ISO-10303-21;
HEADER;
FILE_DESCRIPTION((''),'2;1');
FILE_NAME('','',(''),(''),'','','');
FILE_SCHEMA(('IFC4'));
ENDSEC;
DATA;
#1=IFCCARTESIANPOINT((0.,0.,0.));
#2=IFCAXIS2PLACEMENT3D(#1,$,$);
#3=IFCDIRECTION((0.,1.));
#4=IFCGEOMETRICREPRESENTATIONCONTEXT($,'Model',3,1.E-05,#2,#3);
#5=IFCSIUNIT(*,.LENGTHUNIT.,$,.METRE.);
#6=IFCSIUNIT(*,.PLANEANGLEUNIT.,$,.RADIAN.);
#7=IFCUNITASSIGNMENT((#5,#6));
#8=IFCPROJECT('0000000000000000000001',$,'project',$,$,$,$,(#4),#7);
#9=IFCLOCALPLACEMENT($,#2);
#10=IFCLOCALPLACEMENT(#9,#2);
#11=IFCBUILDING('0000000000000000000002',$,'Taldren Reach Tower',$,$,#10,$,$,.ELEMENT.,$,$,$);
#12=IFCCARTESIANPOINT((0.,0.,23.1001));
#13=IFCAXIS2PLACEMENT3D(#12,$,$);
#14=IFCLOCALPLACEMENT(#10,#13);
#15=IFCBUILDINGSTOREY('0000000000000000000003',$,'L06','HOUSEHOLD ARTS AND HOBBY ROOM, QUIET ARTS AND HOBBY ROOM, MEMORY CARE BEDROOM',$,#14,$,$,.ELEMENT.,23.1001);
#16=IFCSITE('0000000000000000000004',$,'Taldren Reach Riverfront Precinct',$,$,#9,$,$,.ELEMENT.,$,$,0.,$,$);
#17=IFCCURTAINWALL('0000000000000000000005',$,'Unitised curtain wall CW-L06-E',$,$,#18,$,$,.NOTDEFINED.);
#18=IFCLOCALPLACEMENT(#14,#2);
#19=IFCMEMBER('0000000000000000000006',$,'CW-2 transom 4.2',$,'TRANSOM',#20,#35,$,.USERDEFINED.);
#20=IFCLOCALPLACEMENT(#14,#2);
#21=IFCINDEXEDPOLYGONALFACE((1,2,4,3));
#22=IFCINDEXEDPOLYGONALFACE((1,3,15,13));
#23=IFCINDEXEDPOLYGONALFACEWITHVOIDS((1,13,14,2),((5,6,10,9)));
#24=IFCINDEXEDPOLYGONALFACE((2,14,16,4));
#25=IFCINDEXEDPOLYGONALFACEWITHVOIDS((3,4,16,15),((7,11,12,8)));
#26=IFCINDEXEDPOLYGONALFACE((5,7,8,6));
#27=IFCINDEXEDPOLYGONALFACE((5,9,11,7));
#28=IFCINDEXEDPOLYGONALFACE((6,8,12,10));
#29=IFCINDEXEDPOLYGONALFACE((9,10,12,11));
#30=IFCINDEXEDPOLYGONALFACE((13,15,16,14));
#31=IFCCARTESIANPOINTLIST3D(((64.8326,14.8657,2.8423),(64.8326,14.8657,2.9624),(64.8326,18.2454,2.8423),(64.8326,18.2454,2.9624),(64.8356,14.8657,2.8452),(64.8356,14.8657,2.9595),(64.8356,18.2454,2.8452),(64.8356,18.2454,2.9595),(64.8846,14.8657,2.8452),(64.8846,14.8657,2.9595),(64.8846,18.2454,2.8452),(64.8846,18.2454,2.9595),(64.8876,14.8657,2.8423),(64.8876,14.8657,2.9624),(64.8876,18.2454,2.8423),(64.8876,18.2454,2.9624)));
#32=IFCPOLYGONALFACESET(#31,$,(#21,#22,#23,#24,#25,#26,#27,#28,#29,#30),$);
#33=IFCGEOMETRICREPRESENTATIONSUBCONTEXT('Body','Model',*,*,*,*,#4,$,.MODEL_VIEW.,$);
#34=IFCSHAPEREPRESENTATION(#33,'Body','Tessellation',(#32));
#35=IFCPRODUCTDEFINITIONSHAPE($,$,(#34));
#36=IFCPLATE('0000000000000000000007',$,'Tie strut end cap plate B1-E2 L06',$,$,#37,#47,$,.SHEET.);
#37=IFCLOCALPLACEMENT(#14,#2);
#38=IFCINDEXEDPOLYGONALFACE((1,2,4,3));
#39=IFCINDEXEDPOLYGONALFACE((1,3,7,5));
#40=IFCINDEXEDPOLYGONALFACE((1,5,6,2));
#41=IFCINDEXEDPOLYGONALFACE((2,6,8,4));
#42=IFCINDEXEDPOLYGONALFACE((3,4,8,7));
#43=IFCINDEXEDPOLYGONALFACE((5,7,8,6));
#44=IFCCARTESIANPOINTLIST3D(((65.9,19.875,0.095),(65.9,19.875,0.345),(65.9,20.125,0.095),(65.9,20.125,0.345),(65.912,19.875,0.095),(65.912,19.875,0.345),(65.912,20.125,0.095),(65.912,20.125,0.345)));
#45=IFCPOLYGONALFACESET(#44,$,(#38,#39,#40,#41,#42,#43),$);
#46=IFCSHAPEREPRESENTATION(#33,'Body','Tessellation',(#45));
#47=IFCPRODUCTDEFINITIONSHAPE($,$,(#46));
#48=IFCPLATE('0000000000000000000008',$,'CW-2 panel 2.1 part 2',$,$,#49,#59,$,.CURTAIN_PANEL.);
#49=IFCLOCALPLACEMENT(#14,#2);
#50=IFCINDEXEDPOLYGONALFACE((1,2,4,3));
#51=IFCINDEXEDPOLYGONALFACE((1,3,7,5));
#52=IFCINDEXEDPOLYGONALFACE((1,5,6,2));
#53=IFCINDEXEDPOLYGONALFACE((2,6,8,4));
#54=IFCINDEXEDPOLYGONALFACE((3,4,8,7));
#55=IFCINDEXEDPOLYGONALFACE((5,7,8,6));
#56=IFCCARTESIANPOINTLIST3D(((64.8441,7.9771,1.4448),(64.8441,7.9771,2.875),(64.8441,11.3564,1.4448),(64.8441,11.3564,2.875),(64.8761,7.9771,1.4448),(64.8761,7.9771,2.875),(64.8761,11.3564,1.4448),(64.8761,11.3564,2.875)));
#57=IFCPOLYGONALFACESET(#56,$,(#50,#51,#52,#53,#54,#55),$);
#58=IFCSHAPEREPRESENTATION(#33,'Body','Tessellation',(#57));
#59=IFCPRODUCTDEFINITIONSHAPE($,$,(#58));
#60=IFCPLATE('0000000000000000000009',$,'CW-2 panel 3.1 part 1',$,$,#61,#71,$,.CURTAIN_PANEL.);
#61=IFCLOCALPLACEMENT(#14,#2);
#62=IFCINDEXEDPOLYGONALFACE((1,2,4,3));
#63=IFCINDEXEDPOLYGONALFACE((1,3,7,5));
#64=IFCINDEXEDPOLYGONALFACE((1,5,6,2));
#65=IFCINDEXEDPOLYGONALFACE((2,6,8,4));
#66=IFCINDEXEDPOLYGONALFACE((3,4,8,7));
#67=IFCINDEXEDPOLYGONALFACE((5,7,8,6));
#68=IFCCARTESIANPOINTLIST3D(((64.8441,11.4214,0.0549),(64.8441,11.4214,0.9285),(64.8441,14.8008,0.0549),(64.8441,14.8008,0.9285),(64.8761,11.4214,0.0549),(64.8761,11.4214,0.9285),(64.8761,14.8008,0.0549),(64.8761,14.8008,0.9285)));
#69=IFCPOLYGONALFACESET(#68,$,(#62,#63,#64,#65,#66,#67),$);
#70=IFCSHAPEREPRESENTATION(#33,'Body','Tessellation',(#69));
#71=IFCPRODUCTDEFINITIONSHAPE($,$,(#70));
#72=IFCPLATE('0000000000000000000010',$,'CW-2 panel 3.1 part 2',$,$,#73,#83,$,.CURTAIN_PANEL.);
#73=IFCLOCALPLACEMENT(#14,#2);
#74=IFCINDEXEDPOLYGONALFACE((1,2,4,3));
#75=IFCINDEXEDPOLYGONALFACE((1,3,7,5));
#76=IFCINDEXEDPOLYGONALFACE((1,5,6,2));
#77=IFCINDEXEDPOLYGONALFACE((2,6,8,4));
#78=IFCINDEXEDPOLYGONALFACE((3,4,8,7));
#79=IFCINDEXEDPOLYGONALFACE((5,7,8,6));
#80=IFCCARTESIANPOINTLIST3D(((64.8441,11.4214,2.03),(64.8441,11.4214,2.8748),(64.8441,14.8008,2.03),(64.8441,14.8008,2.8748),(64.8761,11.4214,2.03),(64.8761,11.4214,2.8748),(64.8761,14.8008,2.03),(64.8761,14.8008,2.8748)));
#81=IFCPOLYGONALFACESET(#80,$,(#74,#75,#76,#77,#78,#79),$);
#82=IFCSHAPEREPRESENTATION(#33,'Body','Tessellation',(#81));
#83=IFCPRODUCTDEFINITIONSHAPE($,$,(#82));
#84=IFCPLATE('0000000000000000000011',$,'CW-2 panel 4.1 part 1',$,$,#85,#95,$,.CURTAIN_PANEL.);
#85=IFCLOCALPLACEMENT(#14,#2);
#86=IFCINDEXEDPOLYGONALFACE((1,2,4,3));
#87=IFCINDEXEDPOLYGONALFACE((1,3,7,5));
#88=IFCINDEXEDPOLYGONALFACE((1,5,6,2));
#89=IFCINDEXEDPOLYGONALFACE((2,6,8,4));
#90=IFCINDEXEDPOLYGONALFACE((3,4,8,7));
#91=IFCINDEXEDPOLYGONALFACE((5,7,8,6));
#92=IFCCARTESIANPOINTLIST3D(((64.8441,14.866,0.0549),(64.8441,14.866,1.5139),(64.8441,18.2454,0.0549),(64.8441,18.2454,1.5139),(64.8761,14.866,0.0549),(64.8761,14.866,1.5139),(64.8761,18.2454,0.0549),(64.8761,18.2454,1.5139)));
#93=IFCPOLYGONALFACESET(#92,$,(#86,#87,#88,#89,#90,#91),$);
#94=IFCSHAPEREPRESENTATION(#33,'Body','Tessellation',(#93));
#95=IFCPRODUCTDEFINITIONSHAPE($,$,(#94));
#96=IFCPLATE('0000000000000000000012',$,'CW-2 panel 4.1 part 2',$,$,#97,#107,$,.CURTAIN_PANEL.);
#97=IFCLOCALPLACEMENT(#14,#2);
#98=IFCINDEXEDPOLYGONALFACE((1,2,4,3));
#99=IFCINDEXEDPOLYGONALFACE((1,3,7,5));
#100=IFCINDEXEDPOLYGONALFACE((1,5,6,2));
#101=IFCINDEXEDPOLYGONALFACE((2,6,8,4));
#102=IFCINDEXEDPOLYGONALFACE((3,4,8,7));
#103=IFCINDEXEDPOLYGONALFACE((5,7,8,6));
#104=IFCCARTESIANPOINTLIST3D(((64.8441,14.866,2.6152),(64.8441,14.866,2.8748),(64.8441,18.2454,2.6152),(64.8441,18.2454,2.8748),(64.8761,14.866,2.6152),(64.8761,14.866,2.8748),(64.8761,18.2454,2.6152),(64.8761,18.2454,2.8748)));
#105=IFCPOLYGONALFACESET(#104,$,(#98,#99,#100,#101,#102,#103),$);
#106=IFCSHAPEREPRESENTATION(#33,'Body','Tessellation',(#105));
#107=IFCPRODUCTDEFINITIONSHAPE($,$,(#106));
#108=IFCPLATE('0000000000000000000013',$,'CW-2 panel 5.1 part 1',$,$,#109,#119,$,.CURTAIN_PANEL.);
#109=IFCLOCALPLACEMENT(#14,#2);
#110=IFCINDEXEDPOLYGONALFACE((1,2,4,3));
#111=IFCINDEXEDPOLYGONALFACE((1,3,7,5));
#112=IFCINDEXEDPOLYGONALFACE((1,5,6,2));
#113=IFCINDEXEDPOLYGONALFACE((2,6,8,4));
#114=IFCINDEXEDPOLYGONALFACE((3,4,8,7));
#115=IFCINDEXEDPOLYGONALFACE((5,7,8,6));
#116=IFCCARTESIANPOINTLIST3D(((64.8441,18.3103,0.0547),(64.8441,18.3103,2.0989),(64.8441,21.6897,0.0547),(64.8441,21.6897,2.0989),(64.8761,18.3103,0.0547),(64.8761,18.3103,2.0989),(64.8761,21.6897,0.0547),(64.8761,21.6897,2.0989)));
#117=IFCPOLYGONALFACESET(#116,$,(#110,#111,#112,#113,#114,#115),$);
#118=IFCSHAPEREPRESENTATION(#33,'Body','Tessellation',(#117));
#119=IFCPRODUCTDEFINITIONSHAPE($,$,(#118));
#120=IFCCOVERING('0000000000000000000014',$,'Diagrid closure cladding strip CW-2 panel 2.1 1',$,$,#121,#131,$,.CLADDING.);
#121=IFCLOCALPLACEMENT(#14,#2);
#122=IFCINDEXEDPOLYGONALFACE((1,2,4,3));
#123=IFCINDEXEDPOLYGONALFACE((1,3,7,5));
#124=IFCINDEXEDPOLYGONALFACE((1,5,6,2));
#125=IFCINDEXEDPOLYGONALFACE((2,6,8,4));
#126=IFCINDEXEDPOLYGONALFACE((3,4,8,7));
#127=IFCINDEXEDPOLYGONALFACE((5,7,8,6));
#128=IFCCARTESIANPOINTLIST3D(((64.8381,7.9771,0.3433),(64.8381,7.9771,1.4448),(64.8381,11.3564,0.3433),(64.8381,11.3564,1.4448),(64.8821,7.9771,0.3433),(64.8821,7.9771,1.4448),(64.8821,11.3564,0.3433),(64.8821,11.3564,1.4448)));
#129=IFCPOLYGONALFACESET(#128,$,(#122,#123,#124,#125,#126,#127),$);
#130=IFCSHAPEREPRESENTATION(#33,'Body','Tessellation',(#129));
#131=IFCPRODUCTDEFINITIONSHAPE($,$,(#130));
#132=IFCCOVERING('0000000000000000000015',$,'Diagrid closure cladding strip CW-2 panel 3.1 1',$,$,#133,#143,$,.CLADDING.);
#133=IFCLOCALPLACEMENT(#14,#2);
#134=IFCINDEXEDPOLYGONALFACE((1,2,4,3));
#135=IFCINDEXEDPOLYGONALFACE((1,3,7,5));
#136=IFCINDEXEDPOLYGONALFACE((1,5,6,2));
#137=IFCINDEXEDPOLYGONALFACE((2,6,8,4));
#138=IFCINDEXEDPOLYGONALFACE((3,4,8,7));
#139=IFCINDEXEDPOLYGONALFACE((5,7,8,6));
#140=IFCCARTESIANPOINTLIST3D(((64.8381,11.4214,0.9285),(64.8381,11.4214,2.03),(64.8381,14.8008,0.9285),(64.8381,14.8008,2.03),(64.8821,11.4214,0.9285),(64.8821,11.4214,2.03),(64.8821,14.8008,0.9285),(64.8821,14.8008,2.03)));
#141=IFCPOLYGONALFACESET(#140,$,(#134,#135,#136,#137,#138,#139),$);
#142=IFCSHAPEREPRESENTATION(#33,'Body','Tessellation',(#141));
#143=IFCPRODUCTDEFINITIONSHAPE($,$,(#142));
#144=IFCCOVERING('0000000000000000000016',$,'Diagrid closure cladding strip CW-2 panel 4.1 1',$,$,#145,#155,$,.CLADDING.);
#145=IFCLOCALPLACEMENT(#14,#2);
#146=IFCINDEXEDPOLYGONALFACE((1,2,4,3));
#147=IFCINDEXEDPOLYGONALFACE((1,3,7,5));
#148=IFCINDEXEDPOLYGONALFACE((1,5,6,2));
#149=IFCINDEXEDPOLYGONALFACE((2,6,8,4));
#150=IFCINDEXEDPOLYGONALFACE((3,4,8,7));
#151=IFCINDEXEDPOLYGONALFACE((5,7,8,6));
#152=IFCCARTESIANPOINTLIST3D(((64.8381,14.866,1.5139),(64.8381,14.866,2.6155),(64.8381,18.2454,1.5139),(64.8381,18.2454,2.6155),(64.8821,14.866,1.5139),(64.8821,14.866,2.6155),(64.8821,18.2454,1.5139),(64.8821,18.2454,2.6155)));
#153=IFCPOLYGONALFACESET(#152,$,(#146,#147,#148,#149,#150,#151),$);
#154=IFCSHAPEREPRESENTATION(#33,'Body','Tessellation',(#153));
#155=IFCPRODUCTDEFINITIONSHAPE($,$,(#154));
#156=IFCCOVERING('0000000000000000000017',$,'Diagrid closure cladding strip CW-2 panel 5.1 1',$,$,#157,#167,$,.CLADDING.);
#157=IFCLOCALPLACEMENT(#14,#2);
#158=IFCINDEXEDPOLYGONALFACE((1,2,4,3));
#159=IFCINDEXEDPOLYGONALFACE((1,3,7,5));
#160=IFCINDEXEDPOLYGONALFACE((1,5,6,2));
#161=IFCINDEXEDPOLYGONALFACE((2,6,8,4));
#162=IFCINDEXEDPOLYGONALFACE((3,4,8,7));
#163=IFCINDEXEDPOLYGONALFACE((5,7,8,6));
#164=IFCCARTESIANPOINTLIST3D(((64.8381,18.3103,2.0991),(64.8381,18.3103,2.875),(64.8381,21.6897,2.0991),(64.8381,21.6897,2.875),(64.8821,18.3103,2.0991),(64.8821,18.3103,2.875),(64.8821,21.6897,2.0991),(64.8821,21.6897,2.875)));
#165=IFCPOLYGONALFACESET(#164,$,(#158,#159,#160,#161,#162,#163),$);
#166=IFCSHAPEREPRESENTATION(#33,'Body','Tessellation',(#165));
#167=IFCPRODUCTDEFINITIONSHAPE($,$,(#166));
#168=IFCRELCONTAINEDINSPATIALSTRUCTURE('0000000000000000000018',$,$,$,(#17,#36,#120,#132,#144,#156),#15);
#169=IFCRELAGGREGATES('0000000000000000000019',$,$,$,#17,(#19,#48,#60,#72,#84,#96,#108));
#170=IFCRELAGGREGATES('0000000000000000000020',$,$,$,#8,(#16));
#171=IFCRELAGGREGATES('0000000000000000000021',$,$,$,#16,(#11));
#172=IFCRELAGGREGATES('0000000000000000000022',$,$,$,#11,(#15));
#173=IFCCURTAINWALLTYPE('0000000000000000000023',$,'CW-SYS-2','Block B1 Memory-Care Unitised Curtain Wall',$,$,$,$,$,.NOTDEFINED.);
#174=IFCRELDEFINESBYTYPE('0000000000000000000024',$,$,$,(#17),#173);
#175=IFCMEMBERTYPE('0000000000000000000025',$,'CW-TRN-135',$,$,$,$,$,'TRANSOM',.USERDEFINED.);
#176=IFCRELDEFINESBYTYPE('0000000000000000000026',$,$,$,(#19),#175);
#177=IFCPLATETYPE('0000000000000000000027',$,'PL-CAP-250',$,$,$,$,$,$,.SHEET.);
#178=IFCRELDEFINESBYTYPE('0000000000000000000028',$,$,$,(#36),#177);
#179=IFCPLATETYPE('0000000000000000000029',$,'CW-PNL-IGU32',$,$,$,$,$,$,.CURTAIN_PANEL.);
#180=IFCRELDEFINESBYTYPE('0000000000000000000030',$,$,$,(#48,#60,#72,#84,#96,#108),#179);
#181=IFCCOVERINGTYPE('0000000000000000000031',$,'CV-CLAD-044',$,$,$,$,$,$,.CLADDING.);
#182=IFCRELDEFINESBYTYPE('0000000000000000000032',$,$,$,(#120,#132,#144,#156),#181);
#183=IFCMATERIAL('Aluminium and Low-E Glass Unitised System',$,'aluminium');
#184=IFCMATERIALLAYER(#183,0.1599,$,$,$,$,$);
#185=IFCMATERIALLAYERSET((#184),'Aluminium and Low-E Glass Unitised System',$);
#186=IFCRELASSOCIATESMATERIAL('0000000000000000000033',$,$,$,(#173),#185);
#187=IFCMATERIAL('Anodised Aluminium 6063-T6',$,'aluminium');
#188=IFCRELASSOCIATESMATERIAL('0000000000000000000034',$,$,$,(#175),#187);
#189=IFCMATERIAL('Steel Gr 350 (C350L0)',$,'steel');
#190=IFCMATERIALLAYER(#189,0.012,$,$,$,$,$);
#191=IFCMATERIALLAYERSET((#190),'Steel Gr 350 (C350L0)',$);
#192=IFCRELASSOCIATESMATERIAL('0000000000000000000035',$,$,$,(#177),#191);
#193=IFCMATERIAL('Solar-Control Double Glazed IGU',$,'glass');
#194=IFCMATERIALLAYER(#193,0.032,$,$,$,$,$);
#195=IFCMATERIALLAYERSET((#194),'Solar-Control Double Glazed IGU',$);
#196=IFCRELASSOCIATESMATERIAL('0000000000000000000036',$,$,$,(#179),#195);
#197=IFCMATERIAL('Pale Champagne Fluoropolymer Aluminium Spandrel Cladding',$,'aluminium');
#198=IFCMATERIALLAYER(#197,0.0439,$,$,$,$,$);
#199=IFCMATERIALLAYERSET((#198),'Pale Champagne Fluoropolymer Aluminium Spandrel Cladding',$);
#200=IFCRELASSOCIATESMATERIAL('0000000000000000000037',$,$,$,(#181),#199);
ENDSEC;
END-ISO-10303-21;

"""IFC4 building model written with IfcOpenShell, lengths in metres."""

from ifc_helpers import new_model, si_unit, direction, frame, origin, origin_2d, place, context, subcontext, project, spatial, rectangle, hollow_rectangle, extrude, source, transform, mapped, material, layer, layer_set, material_profile, profile_set, type_object, element, aggregate, save


model = new_model("IFC4")

# Units and contexts
model_context = context("Model", 3, precision=1e-05, world=origin(), true_north=direction((0.0, 1.0)))
body_context = subcontext(model_context, "Body", "Model", "MODEL_VIEW")
ifc_project = project(units=[si_unit("LENGTHUNIT", "METRE"), si_unit("PLANEANGLEUNIT", "RADIAN")], contexts=[model_context])

# Site, building, storey
site_placement = place(None, origin())
site = spatial("IfcSite", under=ifc_project, at=site_placement, Name="Taldren Reach Riverfront Precinct", CompositionType="ELEMENT", RefElevation=0.0)
building_placement = place(site_placement, origin())
building = spatial("IfcBuilding", under=site, at=building_placement, Name="Taldren Reach Tower", CompositionType="ELEMENT")
storey_placement = place(building_placement, frame((0.0, 0.0, 23.1001)))
storey = spatial("IfcBuildingStorey", under=building, at=storey_placement, Name="L06", Description="HOUSEHOLD ARTS AND HOBBY ROOM, QUIET ARTS AND HOBBY ROOM, MEMORY CARE BEDROOM", CompositionType="ELEMENT", Elevation=23.1001)

# Shared definitions
ifc_material_1 = material(Name="Steel Gr 350 (C350L0)", Category="steel")

# Curtain wall, member
ifc_material_2 = material(Name="Aluminium and Low-E Glass Unitised System", Category="aluminium")
ifc_layer_1 = layer(ifc_material_2, 0.1599)
ifc_layer_set_1 = layer_set([ifc_layer_1], Name="Aluminium and Low-E Glass Unitised System")
curtain_wall_type = type_object("IfcCurtainWallType", Name="CW-SYS-2", Description="Block B1 Memory-Care Unitised Curtain Wall", PredefinedType="NOTDEFINED", material=ifc_layer_set_1)
curtain_wall_placement = place(storey_placement, origin())
curtain_wall = element("IfcCurtainWall", 1, at=curtain_wall_placement, inside=storey, type_object=curtain_wall_type, Name="Unitised curtain wall CW-L06-E", PredefinedType="NOTDEFINED")
ifc_material_3 = material(Name="Anodised Aluminium 6063-T6", Category="aluminium")
ifc_material_profile_1 = material_profile(ifc_material_3, hollow_rectangle(XDim=0.0549, YDim=0.1201, WallThickness=0.0029, at=origin_2d()), Name="ALU-120x55x3RHS")
ifc_profile_set_1 = profile_set([ifc_material_profile_1], Name="Anodised Aluminium 6063-T6")
member_type_1 = type_object("IfcMemberType", Name="CW-TRN-135", ElementType="TRANSOM", PredefinedType="USERDEFINED", material=ifc_profile_set_1)
shared_shape_1 = source(origin(), body_context, "Body", "SweptSolid", [
    extrude(hollow_rectangle(XDim=0.0549, YDim=0.1201, WallThickness=0.0029, at=origin_2d()), origin(), (0.0, 0.0, 1.0), 3.3796),
])
member_1_placement = place(storey_placement, frame((64.8601, 14.8657, 2.9023), z_axis=(0.0, 1.0, 0.0), x_axis=(-1.0, 0.0, 0.0)))
member_1 = element("IfcMember", 2, at=member_1_placement, type_object=member_type_1, Name="CW-2 transom 4.2", ObjectType="TRANSOM", PredefinedType="USERDEFINED", context=body_context, shape_type="MappedRepresentation", body=[
    mapped(shared_shape_1, transform((0.0, 0.0, 0.0), scale=1.0)),
])

# Plates
ifc_layer_2 = layer(ifc_material_1, 0.012)
ifc_layer_set_2 = layer_set([ifc_layer_2], Name="Steel Gr 350 (C350L0)")
plate_type_1 = type_object("IfcPlateType", Name="PL-CAP-250", PredefinedType="SHEET", material=ifc_layer_set_2)
shared_shape_2 = source(origin(), body_context, "Body", "SweptSolid", [
    extrude(rectangle(XDim=0.012, YDim=0.25, at=origin_2d()), origin(), (0.0, 0.0, 1.0), 0.25),
])
plate_1_placement = place(storey_placement, frame((65.906, 20.0, 0.095), z_axis=(0.0, 0.0, 1.0), x_axis=(1.0, 0.0, 0.0)))
element("IfcPlate", 3, at=plate_1_placement, inside=storey, type_object=plate_type_1, Name="Tie strut end cap plate B1-E2 L06", PredefinedType="SHEET", context=body_context, shape_type="MappedRepresentation", body=[
    mapped(shared_shape_2, transform((0.0, 0.0, 0.0), scale=1.0)),
])
ifc_material_4 = material(Name="Solar-Control Double Glazed IGU", Category="glass")
ifc_layer_3 = layer(ifc_material_4, 0.032)
ifc_layer_set_3 = layer_set([ifc_layer_3], Name="Solar-Control Double Glazed IGU")
plate_type_2 = type_object("IfcPlateType", Name="CW-PNL-IGU32", PredefinedType="CURTAIN_PANEL", material=ifc_layer_set_3)
shared_shape_3 = source(origin(), body_context, "Body", "SweptSolid", [
    extrude(rectangle(XDim=3.3794, YDim=0.032, at=origin_2d()), origin(), (0.0, 0.0, 1.0), 1.4302),
])
plate_2_placement = place(storey_placement, frame((64.8601, 9.6667, 1.4448), z_axis=(0.0, 0.0, 1.0), x_axis=(0.0, 1.0, 0.0)))
plate_2 = element("IfcPlate", 4, at=plate_2_placement, type_object=plate_type_2, Name="CW-2 panel 2.1 part 2", PredefinedType="CURTAIN_PANEL", context=body_context, shape_type="MappedRepresentation", body=[
    mapped(shared_shape_3, transform((0.0, 0.0, 0.0), scale=1.0)),
])
shared_shape_4 = source(origin(), body_context, "Body", "SweptSolid", [
    extrude(rectangle(XDim=3.3794, YDim=0.032, at=origin_2d()), origin(), (0.0, 0.0, 1.0), 0.8735),
])
plate_3_placement = place(storey_placement, frame((64.8601, 13.1111, 0.0549), z_axis=(0.0, 0.0, 1.0), x_axis=(0.0, 1.0, 0.0)))
plate_3 = element("IfcPlate", 5, at=plate_3_placement, type_object=plate_type_2, Name="CW-2 panel 3.1 part 1", PredefinedType="CURTAIN_PANEL", context=body_context, shape_type="MappedRepresentation", body=[
    mapped(shared_shape_4, transform((0.0, 0.0, 0.0), scale=1.0)),
])
shared_shape_5 = source(origin(), body_context, "Body", "SweptSolid", [
    extrude(rectangle(XDim=3.3794, YDim=0.032, at=origin_2d()), origin(), (0.0, 0.0, 1.0), 0.8447),
])
plate_4_placement = place(storey_placement, frame((64.8601, 13.1111, 2.03), z_axis=(0.0, 0.0, 1.0), x_axis=(0.0, 1.0, 0.0)))
plate_4 = element("IfcPlate", 6, at=plate_4_placement, type_object=plate_type_2, Name="CW-2 panel 3.1 part 2", PredefinedType="CURTAIN_PANEL", context=body_context, shape_type="MappedRepresentation", body=[
    mapped(shared_shape_5, transform((0.0, 0.0, 0.0), scale=1.0)),
])
shared_shape_6 = source(origin(), body_context, "Body", "SweptSolid", [
    extrude(rectangle(XDim=3.3794, YDim=0.032, at=origin_2d()), origin(), (0.0, 0.0, 1.0), 1.459),
])
plate_5_placement = place(storey_placement, frame((64.8601, 16.5557, 0.0549), z_axis=(0.0, 0.0, 1.0), x_axis=(0.0, 1.0, 0.0)))
plate_5 = element("IfcPlate", 7, at=plate_5_placement, type_object=plate_type_2, Name="CW-2 panel 4.1 part 1", PredefinedType="CURTAIN_PANEL", context=body_context, shape_type="MappedRepresentation", body=[
    mapped(shared_shape_6, transform((0.0, 0.0, 0.0), scale=1.0)),
])
shared_shape_7 = source(origin(), body_context, "Body", "SweptSolid", [
    extrude(rectangle(XDim=3.3794, YDim=0.032, at=origin_2d()), origin(), (0.0, 0.0, 1.0), 0.2595),
])
plate_6_placement = place(storey_placement, frame((64.8601, 16.5557, 2.6152), z_axis=(0.0, 0.0, 1.0), x_axis=(0.0, 1.0, 0.0)))
plate_6 = element("IfcPlate", 8, at=plate_6_placement, type_object=plate_type_2, Name="CW-2 panel 4.1 part 2", PredefinedType="CURTAIN_PANEL", context=body_context, shape_type="MappedRepresentation", body=[
    mapped(shared_shape_7, transform((0.0, 0.0, 0.0), scale=1.0)),
])
shared_shape_8 = source(origin(), body_context, "Body", "SweptSolid", [
    extrude(rectangle(XDim=3.3794, YDim=0.032, at=origin_2d()), origin(), (0.0, 0.0, 1.0), 2.0442),
])
plate_7_placement = place(storey_placement, frame((64.8601, 20.0, 0.0547), z_axis=(0.0, 0.0, 1.0), x_axis=(0.0, 1.0, 0.0)))
plate_7 = element("IfcPlate", 9, at=plate_7_placement, type_object=plate_type_2, Name="CW-2 panel 5.1 part 1", PredefinedType="CURTAIN_PANEL", context=body_context, shape_type="MappedRepresentation", body=[
    mapped(shared_shape_8, transform((0.0, 0.0, 0.0), scale=1.0)),
])
aggregate(curtain_wall, [member_1, plate_2, plate_3, plate_4, plate_5, plate_6, plate_7])

# Coverings
ifc_material_5 = material(Name="Pale Champagne Fluoropolymer Aluminium Spandrel Cladding", Category="aluminium")
ifc_layer_4 = layer(ifc_material_5, 0.0439)
ifc_layer_set_4 = layer_set([ifc_layer_4], Name="Pale Champagne Fluoropolymer Aluminium Spandrel Cladding")
covering_type = type_object("IfcCoveringType", Name="CV-CLAD-044", PredefinedType="CLADDING", material=ifc_layer_set_4)
shared_shape_9 = source(origin(), body_context, "Body", "SweptSolid", [
    extrude(rectangle(XDim=3.3794, YDim=0.0439, at=origin_2d()), origin(), (0.0, 0.0, 1.0), 1.1016),
])
for number, where, z_axis, x_axis, name in (
    (10, (64.8601, 9.6667, 0.3433), (0.0, 0.0, 1.0), (0.0, 1.0, 0.0), "Diagrid closure cladding strip CW-2 panel 2.1 1"),
    (11, (64.8601, 13.1111, 0.9285), (0.0, 0.0, 1.0), (0.0, 1.0, 0.0), "Diagrid closure cladding strip CW-2 panel 3.1 1"),
    (12, (64.8601, 16.5557, 1.5139), (0.0, 0.0, 1.0), (0.0, 1.0, 0.0), "Diagrid closure cladding strip CW-2 panel 4.1 1"),
):
    element("IfcCovering", number, at=place(storey_placement, frame(where, z_axis=z_axis, x_axis=x_axis)), inside=storey, type_object=covering_type, Name=name, PredefinedType="CLADDING", context=body_context, shape_type="MappedRepresentation", body=[
        mapped(shared_shape_9, transform((0.0, 0.0, 0.0), scale=1.0)),
    ])
shared_shape_10 = source(origin(), body_context, "Body", "SweptSolid", [
    extrude(rectangle(XDim=3.3794, YDim=0.0439, at=origin_2d()), origin(), (0.0, 0.0, 1.0), 0.7759),
])
covering_placement = place(storey_placement, frame((64.8601, 20.0, 2.0991), z_axis=(0.0, 0.0, 1.0), x_axis=(0.0, 1.0, 0.0)))
element("IfcCovering", 13, at=covering_placement, inside=storey, type_object=covering_type, Name="Diagrid closure cladding strip CW-2 panel 5.1 1", PredefinedType="CLADDING", context=body_context, shape_type="MappedRepresentation", body=[
    mapped(shared_shape_10, transform((0.0, 0.0, 0.0), scale=1.0)),
])

save(model, "model.ifc")
